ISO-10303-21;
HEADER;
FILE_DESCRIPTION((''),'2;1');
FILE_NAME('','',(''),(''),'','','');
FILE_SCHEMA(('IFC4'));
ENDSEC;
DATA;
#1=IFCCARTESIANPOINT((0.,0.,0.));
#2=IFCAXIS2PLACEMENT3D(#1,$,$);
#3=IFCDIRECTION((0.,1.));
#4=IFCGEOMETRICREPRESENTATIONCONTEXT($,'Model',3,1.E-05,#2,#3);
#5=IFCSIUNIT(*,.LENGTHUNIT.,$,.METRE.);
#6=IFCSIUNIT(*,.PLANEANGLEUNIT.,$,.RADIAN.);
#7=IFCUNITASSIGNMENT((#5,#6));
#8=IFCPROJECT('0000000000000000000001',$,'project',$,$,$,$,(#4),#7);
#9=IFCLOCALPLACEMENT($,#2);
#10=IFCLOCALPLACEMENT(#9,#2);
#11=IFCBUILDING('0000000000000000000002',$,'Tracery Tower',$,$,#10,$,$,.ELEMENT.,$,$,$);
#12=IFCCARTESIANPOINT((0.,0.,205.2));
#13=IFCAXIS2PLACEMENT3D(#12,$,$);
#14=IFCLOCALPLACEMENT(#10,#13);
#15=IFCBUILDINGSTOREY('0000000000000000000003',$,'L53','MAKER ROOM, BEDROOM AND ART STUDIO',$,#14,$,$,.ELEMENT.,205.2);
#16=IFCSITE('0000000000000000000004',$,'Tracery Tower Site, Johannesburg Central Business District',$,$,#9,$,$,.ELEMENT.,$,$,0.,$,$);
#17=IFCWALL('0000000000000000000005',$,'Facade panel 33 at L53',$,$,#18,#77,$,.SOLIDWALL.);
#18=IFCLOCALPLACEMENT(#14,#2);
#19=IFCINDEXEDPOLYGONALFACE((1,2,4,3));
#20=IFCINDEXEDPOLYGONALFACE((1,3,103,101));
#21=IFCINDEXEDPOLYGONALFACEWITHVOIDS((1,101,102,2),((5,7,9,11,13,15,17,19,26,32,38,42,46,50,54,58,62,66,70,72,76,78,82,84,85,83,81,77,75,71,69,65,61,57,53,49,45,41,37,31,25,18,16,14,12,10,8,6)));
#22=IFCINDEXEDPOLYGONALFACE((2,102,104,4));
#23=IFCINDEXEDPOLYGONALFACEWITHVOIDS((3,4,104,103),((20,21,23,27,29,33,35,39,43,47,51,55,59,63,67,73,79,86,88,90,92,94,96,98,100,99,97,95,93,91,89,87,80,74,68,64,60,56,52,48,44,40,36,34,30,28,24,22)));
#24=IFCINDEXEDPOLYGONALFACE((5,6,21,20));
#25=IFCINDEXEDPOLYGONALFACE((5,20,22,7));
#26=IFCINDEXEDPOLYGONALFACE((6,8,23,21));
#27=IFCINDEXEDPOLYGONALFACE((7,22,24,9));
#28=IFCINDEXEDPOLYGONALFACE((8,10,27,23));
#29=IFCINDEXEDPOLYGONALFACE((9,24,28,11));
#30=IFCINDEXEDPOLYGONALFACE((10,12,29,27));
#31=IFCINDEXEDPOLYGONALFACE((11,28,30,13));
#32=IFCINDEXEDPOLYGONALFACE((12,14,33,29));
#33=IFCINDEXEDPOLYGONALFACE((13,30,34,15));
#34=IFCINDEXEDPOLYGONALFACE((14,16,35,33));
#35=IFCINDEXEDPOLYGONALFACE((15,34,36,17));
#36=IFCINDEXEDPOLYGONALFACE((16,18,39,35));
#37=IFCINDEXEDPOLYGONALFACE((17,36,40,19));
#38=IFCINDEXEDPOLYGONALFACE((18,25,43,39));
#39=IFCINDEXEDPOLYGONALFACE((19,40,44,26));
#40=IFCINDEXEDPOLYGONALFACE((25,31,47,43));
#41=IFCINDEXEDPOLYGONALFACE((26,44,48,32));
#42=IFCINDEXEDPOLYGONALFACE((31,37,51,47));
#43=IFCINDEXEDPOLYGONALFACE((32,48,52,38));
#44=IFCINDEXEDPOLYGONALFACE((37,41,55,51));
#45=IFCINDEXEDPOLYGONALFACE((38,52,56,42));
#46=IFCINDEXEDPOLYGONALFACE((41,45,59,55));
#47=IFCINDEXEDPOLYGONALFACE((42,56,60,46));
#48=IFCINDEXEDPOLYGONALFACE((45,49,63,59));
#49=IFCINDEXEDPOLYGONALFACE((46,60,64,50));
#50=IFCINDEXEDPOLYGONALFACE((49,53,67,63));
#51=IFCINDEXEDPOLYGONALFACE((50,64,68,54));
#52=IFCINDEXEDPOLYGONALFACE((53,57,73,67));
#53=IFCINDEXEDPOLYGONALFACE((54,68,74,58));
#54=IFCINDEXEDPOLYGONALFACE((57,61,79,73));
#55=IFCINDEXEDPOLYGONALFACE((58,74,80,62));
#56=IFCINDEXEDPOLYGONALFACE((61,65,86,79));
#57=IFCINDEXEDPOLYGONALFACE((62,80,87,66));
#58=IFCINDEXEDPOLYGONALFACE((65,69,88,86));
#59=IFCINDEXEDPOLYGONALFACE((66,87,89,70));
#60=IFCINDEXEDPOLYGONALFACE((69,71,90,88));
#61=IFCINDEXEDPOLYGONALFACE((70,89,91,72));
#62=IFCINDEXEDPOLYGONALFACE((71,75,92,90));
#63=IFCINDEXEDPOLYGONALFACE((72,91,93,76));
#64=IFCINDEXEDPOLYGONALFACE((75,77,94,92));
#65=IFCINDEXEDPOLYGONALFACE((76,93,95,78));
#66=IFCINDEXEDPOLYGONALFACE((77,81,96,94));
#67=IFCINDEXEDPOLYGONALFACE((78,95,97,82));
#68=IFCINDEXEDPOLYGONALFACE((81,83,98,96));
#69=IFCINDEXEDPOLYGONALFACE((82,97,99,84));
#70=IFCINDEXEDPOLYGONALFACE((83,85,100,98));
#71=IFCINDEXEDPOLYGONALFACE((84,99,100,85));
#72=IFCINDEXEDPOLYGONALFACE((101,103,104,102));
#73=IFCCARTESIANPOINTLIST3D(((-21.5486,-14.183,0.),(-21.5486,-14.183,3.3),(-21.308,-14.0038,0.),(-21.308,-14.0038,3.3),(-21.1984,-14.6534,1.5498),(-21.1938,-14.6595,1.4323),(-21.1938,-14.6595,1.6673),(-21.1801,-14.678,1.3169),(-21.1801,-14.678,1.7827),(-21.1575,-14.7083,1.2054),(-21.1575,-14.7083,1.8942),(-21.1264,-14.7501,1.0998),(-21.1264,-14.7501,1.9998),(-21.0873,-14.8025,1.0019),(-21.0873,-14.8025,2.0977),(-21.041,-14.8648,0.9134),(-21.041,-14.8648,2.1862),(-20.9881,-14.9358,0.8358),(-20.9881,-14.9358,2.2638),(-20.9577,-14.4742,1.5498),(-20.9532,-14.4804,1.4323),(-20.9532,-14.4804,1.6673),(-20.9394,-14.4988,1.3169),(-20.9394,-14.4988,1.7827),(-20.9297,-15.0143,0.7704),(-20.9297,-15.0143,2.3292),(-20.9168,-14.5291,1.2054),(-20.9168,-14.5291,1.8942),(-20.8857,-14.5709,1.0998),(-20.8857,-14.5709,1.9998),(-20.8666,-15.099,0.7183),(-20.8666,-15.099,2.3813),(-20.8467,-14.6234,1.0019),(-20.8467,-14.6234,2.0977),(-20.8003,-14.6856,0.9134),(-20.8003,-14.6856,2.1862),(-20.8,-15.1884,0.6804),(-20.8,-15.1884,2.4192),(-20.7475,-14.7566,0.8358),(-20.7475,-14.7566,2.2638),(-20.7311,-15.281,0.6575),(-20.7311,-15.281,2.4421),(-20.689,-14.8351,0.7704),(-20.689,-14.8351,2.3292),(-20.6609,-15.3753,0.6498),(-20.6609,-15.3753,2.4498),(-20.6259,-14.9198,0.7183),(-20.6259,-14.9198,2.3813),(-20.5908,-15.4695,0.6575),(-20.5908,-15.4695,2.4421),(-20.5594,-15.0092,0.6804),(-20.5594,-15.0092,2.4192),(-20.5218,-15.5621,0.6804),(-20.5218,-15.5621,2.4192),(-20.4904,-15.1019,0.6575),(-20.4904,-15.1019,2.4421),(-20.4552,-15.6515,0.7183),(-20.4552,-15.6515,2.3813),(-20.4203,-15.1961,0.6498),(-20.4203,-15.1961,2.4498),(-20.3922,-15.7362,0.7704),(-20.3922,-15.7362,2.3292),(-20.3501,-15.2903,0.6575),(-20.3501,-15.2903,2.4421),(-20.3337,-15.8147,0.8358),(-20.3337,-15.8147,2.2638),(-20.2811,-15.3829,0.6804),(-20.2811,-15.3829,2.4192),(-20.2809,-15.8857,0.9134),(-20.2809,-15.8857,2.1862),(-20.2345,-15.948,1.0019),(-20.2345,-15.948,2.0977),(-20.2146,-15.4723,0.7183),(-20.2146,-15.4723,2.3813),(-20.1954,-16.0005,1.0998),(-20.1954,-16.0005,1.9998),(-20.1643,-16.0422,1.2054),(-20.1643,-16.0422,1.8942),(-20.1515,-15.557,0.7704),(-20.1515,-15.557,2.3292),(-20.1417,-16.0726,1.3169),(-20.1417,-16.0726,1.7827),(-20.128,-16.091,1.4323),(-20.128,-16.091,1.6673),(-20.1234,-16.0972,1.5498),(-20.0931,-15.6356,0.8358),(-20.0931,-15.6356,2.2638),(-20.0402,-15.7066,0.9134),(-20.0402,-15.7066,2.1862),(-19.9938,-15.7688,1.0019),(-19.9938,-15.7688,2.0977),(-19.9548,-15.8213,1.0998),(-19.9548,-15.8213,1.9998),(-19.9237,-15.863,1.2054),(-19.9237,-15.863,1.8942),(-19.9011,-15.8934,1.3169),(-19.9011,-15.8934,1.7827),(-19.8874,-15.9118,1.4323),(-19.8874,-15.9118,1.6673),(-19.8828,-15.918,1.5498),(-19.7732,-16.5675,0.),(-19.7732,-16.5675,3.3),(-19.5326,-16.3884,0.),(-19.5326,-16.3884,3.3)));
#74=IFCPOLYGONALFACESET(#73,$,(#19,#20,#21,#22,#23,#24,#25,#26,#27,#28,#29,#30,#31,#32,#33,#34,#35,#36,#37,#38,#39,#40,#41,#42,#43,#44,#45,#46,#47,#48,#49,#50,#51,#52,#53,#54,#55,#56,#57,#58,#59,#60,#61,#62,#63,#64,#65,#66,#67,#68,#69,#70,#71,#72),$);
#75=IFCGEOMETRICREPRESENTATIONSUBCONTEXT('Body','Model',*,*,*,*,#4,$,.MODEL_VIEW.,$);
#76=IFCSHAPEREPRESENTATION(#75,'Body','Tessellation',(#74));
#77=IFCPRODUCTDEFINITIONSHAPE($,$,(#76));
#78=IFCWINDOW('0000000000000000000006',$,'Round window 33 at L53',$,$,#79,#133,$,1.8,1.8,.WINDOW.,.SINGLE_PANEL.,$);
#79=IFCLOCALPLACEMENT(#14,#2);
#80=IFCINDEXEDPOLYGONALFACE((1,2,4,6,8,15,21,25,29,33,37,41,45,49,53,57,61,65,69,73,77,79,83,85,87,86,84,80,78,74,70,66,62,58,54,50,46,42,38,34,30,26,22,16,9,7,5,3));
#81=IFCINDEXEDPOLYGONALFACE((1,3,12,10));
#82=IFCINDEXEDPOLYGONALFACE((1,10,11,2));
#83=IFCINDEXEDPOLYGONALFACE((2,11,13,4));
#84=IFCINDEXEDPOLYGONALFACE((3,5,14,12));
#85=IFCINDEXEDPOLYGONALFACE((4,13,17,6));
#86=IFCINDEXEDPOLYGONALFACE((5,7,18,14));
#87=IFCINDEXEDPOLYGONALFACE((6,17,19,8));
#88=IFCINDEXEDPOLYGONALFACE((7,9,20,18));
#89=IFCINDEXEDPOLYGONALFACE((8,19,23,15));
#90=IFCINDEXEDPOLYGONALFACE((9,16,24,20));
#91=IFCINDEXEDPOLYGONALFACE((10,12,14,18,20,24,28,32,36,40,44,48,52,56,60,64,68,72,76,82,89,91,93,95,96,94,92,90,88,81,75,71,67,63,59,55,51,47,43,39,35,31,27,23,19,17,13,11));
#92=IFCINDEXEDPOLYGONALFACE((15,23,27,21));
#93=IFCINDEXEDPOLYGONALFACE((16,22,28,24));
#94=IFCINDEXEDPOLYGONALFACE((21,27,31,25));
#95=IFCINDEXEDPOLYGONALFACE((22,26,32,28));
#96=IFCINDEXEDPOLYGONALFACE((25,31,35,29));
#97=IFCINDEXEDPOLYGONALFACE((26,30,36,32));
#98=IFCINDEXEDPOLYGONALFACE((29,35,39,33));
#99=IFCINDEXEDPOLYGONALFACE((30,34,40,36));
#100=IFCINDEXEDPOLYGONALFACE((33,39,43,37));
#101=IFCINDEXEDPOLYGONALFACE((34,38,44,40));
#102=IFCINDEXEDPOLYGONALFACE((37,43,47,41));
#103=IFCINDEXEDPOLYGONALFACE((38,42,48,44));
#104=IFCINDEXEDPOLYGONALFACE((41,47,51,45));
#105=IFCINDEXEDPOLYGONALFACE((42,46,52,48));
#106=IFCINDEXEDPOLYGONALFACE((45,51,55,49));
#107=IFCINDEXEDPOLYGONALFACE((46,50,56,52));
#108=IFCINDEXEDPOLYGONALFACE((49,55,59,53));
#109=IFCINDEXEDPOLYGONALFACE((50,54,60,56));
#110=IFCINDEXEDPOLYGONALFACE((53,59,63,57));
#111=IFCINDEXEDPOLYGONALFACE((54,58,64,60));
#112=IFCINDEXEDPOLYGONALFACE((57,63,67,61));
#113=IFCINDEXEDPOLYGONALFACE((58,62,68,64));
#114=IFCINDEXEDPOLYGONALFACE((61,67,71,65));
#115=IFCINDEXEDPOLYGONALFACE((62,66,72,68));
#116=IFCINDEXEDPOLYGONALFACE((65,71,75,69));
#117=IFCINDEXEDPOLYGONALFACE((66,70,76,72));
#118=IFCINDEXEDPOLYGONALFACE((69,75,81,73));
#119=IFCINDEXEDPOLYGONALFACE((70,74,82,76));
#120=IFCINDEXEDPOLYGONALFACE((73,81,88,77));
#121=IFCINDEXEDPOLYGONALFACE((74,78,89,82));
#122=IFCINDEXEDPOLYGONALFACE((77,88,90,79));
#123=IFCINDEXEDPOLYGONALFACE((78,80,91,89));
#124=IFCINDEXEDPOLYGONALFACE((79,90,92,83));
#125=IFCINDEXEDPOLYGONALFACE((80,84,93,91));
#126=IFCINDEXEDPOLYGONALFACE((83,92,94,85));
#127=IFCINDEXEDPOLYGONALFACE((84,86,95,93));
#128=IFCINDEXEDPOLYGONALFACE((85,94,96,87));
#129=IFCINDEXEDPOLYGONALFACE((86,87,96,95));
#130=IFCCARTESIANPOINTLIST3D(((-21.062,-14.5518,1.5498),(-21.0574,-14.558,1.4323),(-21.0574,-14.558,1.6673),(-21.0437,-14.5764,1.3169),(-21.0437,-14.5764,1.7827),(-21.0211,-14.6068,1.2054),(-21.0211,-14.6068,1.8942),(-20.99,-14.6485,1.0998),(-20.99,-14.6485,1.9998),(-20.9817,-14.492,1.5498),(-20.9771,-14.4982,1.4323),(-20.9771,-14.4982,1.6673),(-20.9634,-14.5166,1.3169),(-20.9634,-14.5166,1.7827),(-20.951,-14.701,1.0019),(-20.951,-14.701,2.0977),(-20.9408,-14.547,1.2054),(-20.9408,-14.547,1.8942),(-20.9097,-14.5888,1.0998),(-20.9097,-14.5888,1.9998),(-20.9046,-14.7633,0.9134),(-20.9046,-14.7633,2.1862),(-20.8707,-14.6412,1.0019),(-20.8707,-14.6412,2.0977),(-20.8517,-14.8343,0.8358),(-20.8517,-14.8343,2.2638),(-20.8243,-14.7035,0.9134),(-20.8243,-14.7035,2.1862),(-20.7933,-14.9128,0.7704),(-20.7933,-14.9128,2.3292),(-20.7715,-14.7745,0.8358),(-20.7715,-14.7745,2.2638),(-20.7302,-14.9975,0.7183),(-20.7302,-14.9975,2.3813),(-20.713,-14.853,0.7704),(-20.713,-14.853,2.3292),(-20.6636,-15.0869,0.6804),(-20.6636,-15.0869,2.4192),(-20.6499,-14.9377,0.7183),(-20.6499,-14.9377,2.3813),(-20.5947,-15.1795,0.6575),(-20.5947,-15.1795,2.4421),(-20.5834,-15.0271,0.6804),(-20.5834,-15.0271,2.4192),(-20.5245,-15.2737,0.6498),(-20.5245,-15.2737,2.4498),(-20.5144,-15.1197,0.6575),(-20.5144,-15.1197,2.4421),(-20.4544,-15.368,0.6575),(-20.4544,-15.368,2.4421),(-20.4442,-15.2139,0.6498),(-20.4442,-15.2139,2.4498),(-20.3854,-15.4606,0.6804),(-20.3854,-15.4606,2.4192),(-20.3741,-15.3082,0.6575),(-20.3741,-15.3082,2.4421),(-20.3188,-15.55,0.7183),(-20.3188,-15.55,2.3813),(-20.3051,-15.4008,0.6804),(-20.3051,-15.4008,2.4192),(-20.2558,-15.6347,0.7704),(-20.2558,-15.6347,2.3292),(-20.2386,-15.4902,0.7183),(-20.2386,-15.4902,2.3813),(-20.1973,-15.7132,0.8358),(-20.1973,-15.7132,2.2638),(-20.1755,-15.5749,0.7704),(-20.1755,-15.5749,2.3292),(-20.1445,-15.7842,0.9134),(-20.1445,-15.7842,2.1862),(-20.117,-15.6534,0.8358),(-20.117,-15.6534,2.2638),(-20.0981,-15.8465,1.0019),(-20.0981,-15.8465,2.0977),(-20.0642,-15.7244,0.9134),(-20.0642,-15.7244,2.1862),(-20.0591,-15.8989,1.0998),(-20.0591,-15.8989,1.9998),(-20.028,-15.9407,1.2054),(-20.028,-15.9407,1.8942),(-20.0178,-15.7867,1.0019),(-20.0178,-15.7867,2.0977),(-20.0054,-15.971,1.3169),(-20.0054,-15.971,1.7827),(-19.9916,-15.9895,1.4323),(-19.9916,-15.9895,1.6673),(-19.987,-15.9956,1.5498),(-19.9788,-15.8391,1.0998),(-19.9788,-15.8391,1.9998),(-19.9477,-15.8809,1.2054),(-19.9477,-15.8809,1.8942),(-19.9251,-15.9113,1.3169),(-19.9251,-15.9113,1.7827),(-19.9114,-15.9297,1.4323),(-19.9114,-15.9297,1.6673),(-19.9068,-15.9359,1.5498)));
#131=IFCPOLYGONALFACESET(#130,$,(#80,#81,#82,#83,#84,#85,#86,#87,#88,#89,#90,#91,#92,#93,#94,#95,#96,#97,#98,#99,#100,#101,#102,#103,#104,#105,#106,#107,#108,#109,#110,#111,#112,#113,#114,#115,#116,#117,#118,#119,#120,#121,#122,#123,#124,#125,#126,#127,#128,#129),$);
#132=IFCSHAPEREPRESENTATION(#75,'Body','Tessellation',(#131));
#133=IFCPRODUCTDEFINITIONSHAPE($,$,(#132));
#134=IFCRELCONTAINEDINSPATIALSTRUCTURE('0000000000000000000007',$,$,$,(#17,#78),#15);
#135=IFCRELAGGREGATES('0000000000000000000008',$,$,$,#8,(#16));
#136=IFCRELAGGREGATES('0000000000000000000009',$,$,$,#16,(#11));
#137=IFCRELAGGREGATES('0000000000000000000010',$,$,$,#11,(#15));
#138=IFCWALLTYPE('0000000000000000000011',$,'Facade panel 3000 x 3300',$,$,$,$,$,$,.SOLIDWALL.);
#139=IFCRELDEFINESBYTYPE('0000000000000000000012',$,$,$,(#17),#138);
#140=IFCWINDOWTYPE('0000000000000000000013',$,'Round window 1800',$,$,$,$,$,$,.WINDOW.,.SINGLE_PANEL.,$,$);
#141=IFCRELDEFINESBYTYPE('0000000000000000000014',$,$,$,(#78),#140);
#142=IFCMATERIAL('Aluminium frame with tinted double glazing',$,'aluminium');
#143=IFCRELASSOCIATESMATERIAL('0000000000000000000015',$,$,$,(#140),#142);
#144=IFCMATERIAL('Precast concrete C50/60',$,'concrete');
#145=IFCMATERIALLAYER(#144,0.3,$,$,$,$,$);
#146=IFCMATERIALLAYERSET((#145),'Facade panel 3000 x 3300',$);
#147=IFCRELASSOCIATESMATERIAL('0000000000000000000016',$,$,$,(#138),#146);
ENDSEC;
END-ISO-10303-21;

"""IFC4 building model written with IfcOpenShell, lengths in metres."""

from ifc_helpers import new_model, si_unit, direction, frame, frame_2d, origin, origin_2d, place, context, subcontext, project, spatial, rectangle, circle, extrude, material, layer, layer_set, type_object, element, fill, save


model = new_model("IFC4")

# Units and contexts
model_context = context("Model", 3, precision=1e-05, world=origin(), true_north=direction((0.0, 1.0)))
body_context = subcontext(model_context, "Body", "Model", "MODEL_VIEW")
ifc_project = project(units=[si_unit("LENGTHUNIT", "METRE"), si_unit("PLANEANGLEUNIT", "RADIAN")], contexts=[model_context])

# Site, building, storey
site_placement = place(None, origin())
site = spatial("IfcSite", under=ifc_project, at=site_placement, Name="Tracery Tower Site, Johannesburg Central Business District", CompositionType="ELEMENT", RefElevation=0.0)
building_placement = place(site_placement, origin())
building = spatial("IfcBuilding", under=site, at=building_placement, Name="Tracery Tower", CompositionType="ELEMENT")
storey_placement = place(building_placement, frame((0.0, 0.0, 205.2)))
storey = spatial("IfcBuildingStorey", under=building, at=storey_placement, Name="L53", Description="MAKER ROOM, BEDROOM AND ART STUDIO", CompositionType="ELEMENT", Elevation=205.2)

# Wall, opening, window
ifc_material_1 = material(Name="Aluminium frame with tinted double glazing", Category="aluminium")
window_type = type_object("IfcWindowType", Name="Round window 1800", PartitioningType="SINGLE_PANEL", PredefinedType="WINDOW", material=ifc_material_1)
ifc_material_2 = material(Name="Precast concrete C50/60", Category="concrete")
ifc_layer_1 = layer(ifc_material_2, 0.3)
ifc_layer_set_1 = layer_set([ifc_layer_1], Name="Facade panel 3000 x 3300")
wall_type_1 = type_object("IfcWallType", Name="Facade panel 3000 x 3300", PredefinedType="SOLIDWALL", material=ifc_layer_set_1)
wall_1_placement = place(storey_placement, frame((-21.4282, -14.0935, 0.0), z_axis=(0.0, 0.0, 1.0), x_axis=(0.597198, -0.802094, 0.0)))
wall_1 = element("IfcWall", 1, at=wall_1_placement, inside=storey, type_object=wall_type_1, Name="Facade panel 33 at L53", PredefinedType="SOLIDWALL", context=body_context, shape_type="SweptSolid", body=[
    extrude(rectangle(XDim=2.9729, YDim=0.3, at=frame_2d((1.4863, 0.0))), origin(), (0.0, 0.0, 1.0), 3.3),
])
opening_1_placement = place(wall_1_placement, frame((1.4863, 0.0, 1.5498)))
opening_1 = element("IfcOpeningElement", 2, at=opening_1_placement, cuts=wall_1, PredefinedType="OPENING", context=body_context, shape_type="SweptSolid", body=[
    extrude(circle(Radius=0.9, at=origin_2d()), frame((0.0, 0.1599, 0.0), z_axis=(0.0, -1.0, 0.0), x_axis=(1.0, 0.0, 0.0)), (0.0, 0.0, 1.0), 0.3201),
])
window_1_placement = place(opening_1_placement, origin())
window_1 = element("IfcWindow", 3, at=window_1_placement, inside=storey, type_object=window_type, Name="Round window 33 at L53", OverallHeight=1.8, OverallWidth=1.8, PartitioningType="SINGLE_PANEL", PredefinedType="WINDOW", context=body_context, shape_type="SweptSolid", body=[
    extrude(circle(Radius=0.9, at=origin_2d()), frame((0.0, 0.1201, 0.0), z_axis=(0.0, -1.0, 0.0), x_axis=(1.0, 0.0, 0.0)), (0.0, 0.0, 1.0), 0.1001),
])
fill(opening_1, window_1)

save(model, "model.ifc")
